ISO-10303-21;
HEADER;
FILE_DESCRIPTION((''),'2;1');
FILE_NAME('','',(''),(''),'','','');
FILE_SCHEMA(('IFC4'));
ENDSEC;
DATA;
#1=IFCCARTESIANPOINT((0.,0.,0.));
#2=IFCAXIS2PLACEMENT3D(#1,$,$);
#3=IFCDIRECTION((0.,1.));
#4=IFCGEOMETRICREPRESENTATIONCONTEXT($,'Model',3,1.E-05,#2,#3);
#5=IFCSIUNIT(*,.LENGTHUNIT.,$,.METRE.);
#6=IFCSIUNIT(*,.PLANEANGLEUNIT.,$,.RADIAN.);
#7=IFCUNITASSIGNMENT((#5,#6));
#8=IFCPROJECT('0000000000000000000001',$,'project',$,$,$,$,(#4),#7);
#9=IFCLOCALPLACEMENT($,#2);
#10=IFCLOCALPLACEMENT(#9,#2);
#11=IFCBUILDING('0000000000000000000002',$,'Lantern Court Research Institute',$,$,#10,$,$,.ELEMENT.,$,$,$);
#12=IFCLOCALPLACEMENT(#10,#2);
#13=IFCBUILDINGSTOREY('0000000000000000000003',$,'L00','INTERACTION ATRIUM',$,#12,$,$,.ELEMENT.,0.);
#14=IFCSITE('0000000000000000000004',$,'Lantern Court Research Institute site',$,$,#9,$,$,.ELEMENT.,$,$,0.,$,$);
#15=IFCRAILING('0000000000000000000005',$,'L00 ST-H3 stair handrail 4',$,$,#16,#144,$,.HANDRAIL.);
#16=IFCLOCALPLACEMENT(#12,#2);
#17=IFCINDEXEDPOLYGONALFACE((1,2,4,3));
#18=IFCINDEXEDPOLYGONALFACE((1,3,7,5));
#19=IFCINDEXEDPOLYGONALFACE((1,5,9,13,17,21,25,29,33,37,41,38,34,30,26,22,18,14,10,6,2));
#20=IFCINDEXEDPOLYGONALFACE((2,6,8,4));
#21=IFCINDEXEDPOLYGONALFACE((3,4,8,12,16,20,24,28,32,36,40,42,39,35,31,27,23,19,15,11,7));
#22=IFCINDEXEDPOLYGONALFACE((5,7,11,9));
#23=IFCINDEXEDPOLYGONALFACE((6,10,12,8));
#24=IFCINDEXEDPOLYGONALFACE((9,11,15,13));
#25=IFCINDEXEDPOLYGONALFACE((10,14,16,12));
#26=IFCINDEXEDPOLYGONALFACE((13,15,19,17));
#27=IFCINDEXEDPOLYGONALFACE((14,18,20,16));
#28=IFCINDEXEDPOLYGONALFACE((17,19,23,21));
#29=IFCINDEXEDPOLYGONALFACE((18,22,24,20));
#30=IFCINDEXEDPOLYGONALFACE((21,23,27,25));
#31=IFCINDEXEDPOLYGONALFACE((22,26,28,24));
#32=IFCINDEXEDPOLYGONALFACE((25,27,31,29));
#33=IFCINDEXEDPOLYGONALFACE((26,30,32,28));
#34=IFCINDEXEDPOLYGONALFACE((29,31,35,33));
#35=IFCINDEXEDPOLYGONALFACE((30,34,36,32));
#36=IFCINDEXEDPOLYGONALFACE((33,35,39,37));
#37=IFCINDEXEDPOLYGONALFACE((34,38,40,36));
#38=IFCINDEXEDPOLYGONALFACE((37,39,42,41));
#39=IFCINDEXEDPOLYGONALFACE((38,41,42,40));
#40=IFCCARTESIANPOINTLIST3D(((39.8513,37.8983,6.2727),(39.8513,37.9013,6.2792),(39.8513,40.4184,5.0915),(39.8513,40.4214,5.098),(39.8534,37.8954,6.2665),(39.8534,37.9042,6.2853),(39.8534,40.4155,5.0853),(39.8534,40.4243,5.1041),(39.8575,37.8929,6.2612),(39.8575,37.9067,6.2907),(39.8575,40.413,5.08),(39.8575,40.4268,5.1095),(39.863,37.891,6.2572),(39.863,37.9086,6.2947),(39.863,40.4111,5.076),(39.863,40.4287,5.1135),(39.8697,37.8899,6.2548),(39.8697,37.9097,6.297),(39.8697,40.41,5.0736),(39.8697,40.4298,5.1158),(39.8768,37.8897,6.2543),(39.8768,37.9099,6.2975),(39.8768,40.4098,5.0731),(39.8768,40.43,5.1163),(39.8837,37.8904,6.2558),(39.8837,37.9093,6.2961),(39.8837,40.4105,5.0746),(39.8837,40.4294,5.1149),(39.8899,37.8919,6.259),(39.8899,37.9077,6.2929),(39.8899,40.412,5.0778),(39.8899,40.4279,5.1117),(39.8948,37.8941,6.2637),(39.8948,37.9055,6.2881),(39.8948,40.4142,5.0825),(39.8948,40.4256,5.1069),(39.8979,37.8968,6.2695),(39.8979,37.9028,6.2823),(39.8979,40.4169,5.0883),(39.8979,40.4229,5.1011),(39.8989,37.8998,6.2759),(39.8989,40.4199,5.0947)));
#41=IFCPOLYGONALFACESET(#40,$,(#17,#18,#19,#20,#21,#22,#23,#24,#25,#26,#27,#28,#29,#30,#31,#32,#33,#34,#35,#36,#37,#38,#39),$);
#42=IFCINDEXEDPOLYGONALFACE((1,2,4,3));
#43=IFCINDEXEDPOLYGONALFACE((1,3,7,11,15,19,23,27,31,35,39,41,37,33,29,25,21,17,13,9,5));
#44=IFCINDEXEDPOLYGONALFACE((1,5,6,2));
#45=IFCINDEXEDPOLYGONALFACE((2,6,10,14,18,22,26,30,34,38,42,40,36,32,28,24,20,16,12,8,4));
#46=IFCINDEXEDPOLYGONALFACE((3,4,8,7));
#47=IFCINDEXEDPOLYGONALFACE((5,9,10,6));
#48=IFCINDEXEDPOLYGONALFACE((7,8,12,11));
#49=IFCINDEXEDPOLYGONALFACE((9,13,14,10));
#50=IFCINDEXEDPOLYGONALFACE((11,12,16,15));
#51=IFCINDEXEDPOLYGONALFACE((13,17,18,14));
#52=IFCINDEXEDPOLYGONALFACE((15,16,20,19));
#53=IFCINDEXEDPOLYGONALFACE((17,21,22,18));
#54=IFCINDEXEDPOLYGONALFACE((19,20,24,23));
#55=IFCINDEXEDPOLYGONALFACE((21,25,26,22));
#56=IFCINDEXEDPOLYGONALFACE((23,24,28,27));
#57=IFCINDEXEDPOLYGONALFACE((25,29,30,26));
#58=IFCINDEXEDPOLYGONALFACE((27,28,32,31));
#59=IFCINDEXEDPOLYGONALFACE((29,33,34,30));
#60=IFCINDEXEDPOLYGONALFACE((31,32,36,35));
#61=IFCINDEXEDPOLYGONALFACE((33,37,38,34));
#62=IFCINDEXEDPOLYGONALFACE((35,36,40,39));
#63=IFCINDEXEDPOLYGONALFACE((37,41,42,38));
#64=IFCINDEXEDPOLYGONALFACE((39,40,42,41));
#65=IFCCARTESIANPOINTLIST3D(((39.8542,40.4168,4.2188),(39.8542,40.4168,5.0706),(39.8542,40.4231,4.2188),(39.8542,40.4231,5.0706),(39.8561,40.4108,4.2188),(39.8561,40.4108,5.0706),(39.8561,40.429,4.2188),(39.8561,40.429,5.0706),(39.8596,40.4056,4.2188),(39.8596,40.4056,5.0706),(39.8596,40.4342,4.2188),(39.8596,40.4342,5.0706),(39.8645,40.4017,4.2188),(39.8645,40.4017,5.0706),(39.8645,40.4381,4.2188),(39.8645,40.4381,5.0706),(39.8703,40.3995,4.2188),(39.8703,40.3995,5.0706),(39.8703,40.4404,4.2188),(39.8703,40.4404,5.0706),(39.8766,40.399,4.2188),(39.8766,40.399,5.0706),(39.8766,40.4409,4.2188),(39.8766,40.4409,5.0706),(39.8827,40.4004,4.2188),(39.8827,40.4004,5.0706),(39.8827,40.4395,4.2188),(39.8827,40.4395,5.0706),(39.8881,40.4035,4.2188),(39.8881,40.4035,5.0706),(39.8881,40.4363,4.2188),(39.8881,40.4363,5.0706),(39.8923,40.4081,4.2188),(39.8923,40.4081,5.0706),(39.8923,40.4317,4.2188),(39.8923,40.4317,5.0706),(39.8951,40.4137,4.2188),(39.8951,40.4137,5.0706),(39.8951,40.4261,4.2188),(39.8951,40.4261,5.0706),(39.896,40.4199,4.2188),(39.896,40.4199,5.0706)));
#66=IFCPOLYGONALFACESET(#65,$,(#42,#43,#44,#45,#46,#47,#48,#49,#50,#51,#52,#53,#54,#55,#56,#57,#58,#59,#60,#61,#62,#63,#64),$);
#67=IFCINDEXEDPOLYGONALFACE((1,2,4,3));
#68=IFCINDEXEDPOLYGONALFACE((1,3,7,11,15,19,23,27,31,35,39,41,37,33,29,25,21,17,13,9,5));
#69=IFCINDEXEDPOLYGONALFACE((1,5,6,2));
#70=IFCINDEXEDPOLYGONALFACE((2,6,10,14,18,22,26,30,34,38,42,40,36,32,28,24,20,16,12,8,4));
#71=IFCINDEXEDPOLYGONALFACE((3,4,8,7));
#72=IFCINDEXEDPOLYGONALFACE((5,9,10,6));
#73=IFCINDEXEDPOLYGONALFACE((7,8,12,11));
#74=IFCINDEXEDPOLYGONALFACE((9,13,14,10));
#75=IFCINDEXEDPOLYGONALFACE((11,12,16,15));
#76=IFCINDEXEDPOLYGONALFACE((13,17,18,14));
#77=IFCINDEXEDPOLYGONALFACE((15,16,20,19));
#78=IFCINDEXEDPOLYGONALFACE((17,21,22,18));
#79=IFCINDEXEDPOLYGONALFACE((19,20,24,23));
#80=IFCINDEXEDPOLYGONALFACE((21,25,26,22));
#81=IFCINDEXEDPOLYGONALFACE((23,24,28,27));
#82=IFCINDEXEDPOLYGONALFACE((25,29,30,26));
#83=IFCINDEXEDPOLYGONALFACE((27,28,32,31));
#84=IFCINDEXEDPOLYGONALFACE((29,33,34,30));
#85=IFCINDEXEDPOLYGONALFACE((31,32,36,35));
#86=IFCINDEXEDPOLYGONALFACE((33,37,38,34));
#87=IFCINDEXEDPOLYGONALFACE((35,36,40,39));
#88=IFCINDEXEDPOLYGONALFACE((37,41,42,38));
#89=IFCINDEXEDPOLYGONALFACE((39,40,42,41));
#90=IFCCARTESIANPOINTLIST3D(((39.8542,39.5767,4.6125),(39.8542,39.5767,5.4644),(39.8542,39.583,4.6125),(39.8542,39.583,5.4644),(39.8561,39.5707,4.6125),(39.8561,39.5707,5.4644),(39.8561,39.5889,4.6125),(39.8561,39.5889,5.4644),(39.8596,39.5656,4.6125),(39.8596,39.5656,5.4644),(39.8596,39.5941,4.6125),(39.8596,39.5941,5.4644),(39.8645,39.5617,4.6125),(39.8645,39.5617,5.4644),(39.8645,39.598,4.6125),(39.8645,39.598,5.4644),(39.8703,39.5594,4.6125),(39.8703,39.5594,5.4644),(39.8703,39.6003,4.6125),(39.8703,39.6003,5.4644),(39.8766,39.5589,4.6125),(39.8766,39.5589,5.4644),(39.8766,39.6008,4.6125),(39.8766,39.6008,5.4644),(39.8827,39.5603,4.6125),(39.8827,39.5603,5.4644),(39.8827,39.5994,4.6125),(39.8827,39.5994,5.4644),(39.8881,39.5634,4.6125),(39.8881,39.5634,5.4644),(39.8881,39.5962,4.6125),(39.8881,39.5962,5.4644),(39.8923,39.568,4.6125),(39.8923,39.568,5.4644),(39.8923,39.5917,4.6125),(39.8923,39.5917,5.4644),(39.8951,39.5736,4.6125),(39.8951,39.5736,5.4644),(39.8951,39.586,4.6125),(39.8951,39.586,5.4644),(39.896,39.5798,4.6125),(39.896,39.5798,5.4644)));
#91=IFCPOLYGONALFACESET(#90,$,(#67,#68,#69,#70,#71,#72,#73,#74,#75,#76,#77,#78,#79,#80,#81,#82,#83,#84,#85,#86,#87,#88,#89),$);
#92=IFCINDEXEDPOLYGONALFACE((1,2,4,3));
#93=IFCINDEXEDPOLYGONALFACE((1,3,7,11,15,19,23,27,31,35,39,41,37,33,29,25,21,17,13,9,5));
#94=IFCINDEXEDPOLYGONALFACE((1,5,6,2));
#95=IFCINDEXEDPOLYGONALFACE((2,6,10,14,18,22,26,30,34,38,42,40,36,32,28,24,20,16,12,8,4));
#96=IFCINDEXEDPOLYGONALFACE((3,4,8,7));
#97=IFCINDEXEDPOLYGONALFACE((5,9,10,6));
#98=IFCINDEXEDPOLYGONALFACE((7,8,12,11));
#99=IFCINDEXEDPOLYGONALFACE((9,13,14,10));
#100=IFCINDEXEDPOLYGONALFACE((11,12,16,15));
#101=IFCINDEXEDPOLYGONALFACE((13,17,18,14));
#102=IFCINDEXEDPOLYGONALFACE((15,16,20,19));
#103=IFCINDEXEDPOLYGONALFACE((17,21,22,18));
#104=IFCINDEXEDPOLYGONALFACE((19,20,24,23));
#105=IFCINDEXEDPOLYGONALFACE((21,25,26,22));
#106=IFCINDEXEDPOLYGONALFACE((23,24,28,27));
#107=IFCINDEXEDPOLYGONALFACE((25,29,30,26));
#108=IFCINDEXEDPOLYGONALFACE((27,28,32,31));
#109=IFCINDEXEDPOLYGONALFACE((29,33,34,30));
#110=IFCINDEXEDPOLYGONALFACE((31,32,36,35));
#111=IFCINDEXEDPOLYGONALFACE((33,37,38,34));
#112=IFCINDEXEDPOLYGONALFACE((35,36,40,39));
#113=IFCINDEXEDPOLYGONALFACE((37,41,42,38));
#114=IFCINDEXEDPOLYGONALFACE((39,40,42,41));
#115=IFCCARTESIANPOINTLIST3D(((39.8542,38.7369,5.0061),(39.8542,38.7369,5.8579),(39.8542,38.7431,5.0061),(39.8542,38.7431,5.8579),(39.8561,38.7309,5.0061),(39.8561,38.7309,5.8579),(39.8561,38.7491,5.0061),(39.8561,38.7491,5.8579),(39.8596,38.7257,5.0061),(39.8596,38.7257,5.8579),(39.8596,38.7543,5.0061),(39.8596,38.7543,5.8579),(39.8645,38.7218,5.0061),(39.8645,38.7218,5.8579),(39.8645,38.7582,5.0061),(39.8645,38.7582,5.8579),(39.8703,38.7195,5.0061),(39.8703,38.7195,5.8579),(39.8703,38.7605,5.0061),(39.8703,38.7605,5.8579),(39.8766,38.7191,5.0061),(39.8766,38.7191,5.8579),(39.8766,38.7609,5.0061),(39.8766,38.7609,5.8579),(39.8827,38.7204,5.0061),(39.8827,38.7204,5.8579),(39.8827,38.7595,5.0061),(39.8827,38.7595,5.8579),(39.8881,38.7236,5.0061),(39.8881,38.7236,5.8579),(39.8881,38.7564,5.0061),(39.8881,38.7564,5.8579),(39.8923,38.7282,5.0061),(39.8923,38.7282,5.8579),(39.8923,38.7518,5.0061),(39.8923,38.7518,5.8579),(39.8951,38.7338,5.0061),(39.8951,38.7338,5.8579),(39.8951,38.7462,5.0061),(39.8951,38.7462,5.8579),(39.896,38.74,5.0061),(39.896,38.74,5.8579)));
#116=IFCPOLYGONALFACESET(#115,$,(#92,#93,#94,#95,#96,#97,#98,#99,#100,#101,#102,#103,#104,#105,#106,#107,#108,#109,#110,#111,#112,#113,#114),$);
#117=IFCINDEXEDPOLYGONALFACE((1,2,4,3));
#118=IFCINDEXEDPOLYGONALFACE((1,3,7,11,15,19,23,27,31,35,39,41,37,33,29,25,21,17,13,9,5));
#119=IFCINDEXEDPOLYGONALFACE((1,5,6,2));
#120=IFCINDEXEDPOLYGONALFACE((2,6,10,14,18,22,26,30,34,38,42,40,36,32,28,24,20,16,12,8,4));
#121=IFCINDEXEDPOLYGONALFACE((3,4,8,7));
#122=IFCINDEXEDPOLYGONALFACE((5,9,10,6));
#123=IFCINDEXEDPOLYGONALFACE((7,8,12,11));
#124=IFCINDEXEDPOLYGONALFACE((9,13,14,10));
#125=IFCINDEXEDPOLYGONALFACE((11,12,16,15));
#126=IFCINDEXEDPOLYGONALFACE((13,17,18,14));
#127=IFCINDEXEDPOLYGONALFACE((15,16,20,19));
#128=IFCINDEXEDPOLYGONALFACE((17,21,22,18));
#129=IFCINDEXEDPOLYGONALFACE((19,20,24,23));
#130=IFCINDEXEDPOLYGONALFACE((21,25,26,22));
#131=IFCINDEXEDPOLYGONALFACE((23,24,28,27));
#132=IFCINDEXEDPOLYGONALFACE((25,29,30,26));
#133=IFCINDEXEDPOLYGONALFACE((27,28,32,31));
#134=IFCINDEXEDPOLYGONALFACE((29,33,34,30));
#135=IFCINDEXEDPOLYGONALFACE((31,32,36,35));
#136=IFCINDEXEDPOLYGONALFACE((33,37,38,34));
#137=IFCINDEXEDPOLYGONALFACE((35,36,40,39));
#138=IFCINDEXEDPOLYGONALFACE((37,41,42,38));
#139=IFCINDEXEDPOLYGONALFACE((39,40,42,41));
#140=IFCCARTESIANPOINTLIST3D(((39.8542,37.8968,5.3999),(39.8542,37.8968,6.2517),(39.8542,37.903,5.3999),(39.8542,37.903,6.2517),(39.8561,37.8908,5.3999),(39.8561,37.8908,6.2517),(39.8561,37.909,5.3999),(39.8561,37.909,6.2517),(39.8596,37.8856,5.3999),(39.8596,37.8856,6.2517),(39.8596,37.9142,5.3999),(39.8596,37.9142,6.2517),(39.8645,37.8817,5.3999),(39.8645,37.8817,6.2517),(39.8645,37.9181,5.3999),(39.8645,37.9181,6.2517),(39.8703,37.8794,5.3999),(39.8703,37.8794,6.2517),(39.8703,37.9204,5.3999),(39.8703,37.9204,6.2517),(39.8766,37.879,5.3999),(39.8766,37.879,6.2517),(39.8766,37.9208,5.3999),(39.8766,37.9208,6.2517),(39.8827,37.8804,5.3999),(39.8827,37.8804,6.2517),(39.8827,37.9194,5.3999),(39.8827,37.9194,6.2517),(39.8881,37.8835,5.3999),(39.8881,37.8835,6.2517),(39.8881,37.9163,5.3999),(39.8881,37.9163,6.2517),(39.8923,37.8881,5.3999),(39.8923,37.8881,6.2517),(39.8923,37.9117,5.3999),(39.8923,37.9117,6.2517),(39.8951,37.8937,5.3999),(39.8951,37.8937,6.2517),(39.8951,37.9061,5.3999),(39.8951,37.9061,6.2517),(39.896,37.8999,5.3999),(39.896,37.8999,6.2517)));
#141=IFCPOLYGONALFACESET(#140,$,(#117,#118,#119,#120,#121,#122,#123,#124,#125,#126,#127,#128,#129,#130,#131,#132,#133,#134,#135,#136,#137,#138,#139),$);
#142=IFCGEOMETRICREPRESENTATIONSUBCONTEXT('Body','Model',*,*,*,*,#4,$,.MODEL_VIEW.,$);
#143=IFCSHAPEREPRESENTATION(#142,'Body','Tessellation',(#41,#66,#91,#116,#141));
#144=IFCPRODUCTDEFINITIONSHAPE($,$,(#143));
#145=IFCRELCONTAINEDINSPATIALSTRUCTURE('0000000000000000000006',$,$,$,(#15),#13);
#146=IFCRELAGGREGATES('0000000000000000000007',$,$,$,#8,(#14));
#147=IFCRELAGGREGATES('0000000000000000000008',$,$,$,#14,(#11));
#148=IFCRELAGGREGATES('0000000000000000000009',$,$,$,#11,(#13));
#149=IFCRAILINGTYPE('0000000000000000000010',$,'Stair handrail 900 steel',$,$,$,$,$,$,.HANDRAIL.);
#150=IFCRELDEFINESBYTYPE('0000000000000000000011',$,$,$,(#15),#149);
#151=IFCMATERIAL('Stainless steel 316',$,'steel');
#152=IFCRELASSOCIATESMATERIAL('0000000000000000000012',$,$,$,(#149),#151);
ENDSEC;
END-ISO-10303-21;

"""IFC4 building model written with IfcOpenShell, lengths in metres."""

from ifc_helpers import new_model, si_unit, direction, frame, origin, origin_2d, place, context, subcontext, project, spatial, circle, extrude, material, type_object, element, save


model = new_model("IFC4")

# Units and contexts
model_context = context("Model", 3, precision=1e-05, world=origin(), true_north=direction((0.0, 1.0)))
body_context = subcontext(model_context, "Body", "Model", "MODEL_VIEW")
ifc_project = project(units=[si_unit("LENGTHUNIT", "METRE"), si_unit("PLANEANGLEUNIT", "RADIAN")], contexts=[model_context])

# Site, building, storey
site_placement = place(None, origin())
site = spatial("IfcSite", under=ifc_project, at=site_placement, Name="Lantern Court Research Institute site", CompositionType="ELEMENT", RefElevation=0.0)
building_placement = place(site_placement, origin())
building = spatial("IfcBuilding", under=site, at=building_placement, Name="Lantern Court Research Institute", CompositionType="ELEMENT")
storey_placement = place(building_placement, origin())
storey = spatial("IfcBuildingStorey", under=building, at=storey_placement, Name="L00", Description="INTERACTION ATRIUM", CompositionType="ELEMENT", Elevation=0.0)

# Railing
ifc_material_1 = material(Name="Stainless steel 316", Category="steel")
railing_type_1 = type_object("IfcRailingType", Name="Stair handrail 900 steel", PredefinedType="HANDRAIL", material=ifc_material_1)
for number, where, name in (
    (1, (39.875, 40.4199, 4.2188), "L00 ST-H3 stair handrail 4"),
):
    element("IfcRailing", number, at=place(storey_placement, frame(where)), inside=storey, type_object=railing_type_1, Name=name, PredefinedType="HANDRAIL", context=body_context, shape_type="SweptSolid", body=[
        extrude(circle(Radius=0.0239, at=origin_2d()), frame((0.0, 0.0, 0.876), z_axis=(0.0, -0.905474, 0.424402), x_axis=(1.0, 0.0, 0.0)), (0.0, 0.0, 1.0), 2.7832),
        extrude(circle(Radius=0.021, at=origin_2d()), origin(), (0.0, 0.0, 1.0), 0.8518),
        extrude(circle(Radius=0.021, at=origin_2d()), frame((0.0, -0.8401, 0.3938)), (0.0, 0.0, 1.0), 0.8518),
        extrude(circle(Radius=0.021, at=origin_2d()), frame((0.0, -1.6799, 0.7874)), (0.0, 0.0, 1.0), 0.8518),
        extrude(circle(Radius=0.021, at=origin_2d()), frame((0.0, -2.52, 1.1812)), (0.0, 0.0, 1.0), 0.8518),
    ])

save(model, "model.ifc")
